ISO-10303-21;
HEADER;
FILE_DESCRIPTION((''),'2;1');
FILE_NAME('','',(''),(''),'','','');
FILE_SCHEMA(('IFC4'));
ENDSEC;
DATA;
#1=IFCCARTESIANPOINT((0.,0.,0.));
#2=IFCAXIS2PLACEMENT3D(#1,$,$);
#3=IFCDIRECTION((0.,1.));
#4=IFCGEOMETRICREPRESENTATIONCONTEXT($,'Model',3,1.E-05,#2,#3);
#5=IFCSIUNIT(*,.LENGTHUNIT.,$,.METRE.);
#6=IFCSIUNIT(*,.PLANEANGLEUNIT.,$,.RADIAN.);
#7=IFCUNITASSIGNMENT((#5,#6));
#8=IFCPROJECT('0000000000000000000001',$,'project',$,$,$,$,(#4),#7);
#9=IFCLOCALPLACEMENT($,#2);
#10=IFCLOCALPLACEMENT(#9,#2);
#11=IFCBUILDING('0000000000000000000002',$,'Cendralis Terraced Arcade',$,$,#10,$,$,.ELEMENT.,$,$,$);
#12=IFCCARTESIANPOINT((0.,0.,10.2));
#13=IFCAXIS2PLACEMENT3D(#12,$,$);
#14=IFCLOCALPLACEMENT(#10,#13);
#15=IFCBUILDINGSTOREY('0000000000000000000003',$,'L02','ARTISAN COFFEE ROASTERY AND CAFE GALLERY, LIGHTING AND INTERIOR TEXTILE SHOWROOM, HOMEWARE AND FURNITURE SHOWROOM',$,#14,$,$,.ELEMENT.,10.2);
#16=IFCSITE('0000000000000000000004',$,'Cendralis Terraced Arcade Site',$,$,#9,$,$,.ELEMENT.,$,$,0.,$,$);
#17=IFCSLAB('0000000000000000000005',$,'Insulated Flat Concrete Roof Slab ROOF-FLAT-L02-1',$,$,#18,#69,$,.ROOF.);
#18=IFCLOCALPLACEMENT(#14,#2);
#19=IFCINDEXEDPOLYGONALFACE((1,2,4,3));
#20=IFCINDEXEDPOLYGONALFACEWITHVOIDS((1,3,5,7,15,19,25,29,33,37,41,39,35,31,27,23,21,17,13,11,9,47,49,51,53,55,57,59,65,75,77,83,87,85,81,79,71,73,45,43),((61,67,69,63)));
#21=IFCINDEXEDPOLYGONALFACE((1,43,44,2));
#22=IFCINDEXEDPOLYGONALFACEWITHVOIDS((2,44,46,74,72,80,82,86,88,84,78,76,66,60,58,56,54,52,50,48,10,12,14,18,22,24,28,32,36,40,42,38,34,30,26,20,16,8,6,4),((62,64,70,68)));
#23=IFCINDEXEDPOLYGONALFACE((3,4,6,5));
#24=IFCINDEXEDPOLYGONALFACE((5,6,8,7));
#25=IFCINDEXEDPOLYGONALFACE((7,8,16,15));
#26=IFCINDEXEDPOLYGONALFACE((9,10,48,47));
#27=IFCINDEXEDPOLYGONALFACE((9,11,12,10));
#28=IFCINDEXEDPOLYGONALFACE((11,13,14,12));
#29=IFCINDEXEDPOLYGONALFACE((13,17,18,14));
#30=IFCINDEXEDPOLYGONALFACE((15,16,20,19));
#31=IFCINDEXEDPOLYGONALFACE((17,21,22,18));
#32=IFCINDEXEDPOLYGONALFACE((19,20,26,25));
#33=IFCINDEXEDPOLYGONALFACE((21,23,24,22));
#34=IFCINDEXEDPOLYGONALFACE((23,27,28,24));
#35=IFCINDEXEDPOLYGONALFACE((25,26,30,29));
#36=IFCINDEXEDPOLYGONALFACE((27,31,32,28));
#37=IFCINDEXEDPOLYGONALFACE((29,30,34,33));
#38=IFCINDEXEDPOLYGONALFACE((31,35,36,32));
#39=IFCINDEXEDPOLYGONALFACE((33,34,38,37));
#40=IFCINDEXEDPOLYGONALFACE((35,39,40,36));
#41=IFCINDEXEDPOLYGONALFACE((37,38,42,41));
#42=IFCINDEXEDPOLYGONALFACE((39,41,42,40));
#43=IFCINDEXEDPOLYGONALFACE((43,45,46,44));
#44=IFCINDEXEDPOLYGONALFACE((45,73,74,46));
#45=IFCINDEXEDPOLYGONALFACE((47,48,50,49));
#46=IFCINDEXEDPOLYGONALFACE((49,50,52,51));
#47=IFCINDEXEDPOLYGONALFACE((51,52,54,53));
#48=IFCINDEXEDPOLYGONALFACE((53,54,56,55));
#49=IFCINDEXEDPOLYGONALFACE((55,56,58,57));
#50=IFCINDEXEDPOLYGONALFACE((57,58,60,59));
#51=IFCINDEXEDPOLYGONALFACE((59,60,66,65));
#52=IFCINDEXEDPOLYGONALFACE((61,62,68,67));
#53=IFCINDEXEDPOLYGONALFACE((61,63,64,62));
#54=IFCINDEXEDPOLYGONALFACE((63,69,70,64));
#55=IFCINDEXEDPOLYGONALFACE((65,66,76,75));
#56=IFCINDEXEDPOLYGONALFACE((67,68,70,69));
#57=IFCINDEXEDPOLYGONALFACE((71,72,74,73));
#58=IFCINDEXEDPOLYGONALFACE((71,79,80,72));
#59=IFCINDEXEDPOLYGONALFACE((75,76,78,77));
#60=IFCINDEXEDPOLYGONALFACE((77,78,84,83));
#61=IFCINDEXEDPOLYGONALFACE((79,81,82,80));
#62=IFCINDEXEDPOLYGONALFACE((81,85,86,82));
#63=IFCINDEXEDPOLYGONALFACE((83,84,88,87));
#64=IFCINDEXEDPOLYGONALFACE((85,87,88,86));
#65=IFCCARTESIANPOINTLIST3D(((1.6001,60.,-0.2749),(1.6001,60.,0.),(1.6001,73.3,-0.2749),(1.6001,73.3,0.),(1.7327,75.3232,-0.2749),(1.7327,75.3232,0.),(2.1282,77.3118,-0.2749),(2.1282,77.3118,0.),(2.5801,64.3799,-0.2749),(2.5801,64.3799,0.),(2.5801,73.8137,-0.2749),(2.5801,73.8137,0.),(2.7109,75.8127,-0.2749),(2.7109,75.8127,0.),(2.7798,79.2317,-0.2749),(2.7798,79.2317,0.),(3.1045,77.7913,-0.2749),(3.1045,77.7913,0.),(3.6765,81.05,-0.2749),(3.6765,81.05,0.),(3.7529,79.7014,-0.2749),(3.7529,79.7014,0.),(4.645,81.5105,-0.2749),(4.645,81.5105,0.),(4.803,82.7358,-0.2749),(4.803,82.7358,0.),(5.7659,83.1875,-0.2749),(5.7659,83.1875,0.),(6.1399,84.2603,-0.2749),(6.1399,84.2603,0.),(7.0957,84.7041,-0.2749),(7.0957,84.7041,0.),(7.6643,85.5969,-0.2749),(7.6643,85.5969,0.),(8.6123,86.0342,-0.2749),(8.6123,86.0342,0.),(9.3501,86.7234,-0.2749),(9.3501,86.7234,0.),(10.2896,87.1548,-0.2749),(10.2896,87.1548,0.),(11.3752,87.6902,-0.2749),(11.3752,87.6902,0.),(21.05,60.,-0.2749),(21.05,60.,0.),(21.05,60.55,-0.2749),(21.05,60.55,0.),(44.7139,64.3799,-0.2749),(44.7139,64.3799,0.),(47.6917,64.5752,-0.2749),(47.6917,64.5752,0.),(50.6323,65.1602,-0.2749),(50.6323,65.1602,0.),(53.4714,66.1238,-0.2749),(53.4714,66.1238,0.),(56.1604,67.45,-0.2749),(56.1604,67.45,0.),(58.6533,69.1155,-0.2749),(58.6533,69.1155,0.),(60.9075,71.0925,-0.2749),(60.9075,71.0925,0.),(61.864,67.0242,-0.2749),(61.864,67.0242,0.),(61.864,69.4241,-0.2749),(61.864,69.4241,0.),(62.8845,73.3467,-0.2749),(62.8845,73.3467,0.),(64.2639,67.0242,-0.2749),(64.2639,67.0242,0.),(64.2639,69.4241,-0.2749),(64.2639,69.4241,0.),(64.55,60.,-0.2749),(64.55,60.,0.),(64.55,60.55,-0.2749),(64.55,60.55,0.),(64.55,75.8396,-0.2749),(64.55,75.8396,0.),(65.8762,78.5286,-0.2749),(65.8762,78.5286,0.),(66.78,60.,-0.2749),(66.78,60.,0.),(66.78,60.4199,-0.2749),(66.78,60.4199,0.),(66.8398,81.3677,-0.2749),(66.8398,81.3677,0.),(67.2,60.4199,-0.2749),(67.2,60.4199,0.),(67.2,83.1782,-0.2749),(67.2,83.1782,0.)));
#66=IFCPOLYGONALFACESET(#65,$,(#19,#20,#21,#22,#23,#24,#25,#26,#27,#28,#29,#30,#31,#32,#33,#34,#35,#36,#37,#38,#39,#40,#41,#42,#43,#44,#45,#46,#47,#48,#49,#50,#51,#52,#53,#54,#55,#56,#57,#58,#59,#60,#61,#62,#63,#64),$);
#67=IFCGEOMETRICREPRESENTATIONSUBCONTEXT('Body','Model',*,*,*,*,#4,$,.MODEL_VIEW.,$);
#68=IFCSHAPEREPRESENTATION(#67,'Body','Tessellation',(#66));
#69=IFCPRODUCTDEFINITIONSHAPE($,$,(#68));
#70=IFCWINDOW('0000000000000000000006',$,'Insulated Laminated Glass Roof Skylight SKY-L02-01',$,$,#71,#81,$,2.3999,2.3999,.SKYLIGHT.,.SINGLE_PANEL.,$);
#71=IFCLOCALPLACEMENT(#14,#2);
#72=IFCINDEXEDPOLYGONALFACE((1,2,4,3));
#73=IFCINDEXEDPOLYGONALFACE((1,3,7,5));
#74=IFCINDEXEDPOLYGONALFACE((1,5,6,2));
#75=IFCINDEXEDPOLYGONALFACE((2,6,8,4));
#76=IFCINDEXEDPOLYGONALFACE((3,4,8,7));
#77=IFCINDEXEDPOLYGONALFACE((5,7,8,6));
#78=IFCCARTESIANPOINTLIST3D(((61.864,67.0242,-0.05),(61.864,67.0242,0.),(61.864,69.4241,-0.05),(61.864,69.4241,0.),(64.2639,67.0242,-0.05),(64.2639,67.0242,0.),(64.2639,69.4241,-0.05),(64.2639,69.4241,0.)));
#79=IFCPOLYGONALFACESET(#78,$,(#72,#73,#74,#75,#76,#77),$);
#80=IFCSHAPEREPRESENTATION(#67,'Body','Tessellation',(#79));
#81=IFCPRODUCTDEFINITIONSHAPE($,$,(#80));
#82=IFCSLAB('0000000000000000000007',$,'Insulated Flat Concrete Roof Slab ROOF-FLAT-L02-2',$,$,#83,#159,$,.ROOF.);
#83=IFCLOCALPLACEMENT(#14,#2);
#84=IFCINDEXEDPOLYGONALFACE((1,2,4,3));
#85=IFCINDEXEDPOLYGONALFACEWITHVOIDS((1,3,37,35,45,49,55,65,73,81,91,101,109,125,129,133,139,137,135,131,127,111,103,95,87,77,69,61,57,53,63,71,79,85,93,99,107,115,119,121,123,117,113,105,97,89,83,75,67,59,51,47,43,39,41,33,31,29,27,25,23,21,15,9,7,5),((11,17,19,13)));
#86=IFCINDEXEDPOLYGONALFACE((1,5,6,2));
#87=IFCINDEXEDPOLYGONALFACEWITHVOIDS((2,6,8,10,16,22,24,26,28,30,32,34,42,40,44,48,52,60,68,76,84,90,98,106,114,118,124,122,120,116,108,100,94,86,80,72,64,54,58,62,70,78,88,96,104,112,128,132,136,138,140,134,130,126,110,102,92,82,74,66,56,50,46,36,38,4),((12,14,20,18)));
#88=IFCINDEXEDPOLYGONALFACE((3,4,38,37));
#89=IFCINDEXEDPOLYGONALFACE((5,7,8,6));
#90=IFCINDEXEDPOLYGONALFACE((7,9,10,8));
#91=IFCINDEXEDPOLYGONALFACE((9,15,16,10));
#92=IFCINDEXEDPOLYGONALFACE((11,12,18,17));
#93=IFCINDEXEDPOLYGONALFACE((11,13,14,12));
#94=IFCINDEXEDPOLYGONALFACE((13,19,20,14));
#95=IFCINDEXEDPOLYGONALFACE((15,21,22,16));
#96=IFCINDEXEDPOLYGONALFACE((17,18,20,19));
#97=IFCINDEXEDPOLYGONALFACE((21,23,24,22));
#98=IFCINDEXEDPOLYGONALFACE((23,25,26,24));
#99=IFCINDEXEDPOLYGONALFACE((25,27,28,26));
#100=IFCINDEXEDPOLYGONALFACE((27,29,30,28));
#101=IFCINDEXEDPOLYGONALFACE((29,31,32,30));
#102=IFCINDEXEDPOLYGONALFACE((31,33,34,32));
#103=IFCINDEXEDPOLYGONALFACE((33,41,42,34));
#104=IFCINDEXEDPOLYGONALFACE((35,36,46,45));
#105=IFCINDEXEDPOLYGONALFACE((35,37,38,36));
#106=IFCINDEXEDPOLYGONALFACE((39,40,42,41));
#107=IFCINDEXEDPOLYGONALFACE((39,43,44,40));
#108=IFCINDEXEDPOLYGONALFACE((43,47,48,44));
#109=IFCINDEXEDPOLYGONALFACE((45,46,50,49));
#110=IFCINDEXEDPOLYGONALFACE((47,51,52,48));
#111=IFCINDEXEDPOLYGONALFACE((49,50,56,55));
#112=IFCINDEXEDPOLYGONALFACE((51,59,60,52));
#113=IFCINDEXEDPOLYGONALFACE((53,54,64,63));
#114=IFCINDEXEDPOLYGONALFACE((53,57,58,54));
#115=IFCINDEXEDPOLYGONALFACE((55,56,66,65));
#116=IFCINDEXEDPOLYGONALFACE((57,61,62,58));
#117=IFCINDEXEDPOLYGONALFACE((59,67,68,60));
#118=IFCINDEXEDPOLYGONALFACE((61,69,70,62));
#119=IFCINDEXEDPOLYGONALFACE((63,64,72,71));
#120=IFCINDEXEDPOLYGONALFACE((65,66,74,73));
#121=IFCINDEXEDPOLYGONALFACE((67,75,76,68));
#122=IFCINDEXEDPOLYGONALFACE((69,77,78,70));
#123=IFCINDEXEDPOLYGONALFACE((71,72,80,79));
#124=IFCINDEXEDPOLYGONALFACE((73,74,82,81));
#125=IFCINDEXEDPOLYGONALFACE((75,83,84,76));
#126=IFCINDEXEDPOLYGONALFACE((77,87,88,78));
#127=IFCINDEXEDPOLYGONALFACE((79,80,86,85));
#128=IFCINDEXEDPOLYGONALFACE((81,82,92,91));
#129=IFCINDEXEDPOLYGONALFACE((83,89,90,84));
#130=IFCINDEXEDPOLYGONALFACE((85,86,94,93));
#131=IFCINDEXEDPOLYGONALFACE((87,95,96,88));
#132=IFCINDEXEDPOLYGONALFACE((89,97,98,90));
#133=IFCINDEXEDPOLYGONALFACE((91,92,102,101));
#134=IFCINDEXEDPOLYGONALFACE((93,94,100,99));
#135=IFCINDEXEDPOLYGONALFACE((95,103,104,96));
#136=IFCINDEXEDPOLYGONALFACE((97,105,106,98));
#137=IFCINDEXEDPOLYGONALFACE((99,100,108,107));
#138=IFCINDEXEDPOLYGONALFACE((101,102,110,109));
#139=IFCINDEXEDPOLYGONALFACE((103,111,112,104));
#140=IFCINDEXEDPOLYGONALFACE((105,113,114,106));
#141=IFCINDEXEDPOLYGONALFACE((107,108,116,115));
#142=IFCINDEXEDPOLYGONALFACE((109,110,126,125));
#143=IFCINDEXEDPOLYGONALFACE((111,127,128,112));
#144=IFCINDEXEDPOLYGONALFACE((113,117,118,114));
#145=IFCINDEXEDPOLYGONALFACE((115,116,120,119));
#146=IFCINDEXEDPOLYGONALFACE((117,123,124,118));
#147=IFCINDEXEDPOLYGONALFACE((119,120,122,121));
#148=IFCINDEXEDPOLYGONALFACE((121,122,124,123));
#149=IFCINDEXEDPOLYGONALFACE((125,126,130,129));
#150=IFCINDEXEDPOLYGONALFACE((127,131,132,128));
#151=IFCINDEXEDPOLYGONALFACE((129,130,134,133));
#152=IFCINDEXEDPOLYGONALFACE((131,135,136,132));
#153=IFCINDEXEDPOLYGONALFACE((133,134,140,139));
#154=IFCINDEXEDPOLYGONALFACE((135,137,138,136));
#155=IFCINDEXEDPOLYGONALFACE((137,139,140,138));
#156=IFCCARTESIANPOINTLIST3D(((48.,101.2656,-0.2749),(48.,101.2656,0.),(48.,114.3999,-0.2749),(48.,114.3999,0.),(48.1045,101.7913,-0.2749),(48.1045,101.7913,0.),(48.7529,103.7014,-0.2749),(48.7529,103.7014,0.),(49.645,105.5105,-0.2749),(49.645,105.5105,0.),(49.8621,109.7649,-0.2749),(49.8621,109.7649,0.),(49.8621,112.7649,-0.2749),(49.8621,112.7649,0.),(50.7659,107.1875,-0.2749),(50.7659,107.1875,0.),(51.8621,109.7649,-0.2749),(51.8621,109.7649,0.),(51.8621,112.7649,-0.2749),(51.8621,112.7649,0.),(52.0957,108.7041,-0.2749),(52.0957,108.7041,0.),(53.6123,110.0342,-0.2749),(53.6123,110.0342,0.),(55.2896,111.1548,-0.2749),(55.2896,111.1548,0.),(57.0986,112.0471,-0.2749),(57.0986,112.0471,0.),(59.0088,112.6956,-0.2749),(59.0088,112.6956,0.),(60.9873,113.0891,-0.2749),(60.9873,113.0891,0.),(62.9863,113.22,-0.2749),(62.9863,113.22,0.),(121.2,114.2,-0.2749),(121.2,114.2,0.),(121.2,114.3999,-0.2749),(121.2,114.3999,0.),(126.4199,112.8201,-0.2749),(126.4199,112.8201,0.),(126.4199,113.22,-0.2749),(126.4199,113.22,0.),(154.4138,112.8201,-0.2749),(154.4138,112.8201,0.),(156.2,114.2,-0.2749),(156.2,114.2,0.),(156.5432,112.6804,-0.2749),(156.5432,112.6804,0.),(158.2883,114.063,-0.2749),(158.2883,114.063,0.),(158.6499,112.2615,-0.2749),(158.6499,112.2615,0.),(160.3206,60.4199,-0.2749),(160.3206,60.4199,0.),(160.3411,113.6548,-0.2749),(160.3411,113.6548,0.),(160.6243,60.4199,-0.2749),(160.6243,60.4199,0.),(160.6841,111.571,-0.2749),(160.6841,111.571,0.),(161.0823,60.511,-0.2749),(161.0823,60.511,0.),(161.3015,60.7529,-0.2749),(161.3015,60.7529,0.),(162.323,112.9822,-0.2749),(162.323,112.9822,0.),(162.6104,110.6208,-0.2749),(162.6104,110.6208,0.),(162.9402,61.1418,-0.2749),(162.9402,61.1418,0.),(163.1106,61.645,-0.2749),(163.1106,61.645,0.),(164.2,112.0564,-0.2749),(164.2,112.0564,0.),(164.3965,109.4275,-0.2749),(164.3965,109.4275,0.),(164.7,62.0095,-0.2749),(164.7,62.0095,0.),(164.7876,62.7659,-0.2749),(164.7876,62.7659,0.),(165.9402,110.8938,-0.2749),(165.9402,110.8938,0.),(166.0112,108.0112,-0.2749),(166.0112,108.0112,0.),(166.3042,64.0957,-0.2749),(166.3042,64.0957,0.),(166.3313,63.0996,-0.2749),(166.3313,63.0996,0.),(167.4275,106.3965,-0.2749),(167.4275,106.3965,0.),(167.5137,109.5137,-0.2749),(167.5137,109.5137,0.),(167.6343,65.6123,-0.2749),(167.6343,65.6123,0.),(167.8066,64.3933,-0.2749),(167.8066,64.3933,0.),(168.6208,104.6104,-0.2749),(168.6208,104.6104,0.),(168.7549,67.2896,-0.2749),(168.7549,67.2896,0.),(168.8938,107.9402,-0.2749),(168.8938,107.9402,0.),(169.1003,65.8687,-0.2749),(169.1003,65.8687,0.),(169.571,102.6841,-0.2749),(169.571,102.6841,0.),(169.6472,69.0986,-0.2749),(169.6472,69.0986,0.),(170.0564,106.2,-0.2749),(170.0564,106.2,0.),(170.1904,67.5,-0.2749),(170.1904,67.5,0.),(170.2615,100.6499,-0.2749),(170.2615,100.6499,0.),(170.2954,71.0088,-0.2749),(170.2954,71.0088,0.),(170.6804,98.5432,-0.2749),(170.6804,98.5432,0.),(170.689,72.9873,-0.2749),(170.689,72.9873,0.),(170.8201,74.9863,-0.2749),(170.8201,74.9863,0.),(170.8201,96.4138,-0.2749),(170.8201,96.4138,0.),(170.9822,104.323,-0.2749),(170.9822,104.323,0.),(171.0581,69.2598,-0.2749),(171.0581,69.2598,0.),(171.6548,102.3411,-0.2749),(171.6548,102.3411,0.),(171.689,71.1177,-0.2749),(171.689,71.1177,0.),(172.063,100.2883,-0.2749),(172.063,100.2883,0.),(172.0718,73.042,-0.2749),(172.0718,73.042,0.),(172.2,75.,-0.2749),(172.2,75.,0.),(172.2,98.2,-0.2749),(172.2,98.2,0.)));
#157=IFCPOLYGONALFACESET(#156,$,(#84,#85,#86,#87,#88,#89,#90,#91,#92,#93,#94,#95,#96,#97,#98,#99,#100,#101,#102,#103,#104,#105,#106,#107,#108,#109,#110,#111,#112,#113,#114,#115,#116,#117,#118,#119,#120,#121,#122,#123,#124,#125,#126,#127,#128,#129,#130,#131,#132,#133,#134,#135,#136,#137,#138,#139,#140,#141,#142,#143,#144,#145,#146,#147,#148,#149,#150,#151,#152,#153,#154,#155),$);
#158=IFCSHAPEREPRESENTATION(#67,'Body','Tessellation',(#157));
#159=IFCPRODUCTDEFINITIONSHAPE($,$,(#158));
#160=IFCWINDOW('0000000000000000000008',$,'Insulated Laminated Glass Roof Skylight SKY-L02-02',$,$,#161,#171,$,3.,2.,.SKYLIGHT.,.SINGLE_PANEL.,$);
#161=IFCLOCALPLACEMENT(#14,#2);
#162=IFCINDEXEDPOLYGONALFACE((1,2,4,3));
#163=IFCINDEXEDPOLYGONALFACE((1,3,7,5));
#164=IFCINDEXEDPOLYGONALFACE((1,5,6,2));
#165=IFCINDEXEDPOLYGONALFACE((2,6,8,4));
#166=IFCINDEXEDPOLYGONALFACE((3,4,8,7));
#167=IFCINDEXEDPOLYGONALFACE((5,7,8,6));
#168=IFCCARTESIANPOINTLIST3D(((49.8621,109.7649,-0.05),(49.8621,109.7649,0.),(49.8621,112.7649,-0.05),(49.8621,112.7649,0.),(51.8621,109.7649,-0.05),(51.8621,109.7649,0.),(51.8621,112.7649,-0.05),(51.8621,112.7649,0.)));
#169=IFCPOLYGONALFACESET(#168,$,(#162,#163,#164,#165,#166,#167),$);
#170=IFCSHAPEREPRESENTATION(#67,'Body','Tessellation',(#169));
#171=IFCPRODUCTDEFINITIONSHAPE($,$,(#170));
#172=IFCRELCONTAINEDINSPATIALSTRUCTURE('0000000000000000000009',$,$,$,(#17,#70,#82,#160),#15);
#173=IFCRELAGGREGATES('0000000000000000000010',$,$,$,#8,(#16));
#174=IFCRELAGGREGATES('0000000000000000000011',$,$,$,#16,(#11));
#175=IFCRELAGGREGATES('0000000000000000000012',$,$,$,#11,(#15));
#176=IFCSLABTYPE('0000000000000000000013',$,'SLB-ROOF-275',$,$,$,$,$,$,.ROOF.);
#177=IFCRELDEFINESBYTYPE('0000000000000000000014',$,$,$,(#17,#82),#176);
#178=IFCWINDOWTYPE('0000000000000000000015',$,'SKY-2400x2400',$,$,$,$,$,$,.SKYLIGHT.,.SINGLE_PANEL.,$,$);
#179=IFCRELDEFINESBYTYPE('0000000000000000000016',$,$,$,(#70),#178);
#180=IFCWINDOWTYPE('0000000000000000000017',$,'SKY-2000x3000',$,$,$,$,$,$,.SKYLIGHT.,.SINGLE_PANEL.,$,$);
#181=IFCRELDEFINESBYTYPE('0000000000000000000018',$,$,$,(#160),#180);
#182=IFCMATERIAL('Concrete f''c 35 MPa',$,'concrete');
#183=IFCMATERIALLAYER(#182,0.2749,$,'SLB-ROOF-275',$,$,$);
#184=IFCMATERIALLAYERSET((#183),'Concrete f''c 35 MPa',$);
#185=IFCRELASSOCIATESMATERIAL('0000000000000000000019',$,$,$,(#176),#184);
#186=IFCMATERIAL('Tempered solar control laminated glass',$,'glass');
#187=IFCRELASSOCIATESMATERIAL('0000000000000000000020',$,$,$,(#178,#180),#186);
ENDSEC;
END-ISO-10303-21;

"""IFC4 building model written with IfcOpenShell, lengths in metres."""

from ifc_helpers import new_model, si_unit, direction, frame, origin, origin_2d, place, context, subcontext, project, spatial, polyline, rectangle, outline, extrude, material, layer, layer_set, type_object, element, fill, save


model = new_model("IFC4")

# Units and contexts
model_context = context("Model", 3, precision=1e-05, world=origin(), true_north=direction((0.0, 1.0)))
body_context = subcontext(model_context, "Body", "Model", "MODEL_VIEW")
ifc_project = project(units=[si_unit("LENGTHUNIT", "METRE"), si_unit("PLANEANGLEUNIT", "RADIAN")], contexts=[model_context])

# Site, building, storey
site_placement = place(None, origin())
site = spatial("IfcSite", under=ifc_project, at=site_placement, Name="Cendralis Terraced Arcade Site", CompositionType="ELEMENT", RefElevation=0.0)
building_placement = place(site_placement, origin())
building = spatial("IfcBuilding", under=site, at=building_placement, Name="Cendralis Terraced Arcade", CompositionType="ELEMENT")
storey_placement = place(building_placement, frame((0.0, 0.0, 10.2)))
storey = spatial("IfcBuildingStorey", under=building, at=storey_placement, Name="L02", Description="ARTISAN COFFEE ROASTERY AND CAFE GALLERY, LIGHTING AND INTERIOR TEXTILE SHOWROOM, HOMEWARE AND FURNITURE SHOWROOM", CompositionType="ELEMENT", Elevation=10.2)

# Slabs, openings, windows
ifc_material_1 = material(Name="Concrete f'c 35 MPa", Category="concrete")
ifc_layer_1 = layer(ifc_material_1, 0.2749, Name="SLB-ROOF-275")
ifc_layer_set_1 = layer_set([ifc_layer_1], Name="Concrete f'c 35 MPa")
slab_type_1 = type_object("IfcSlabType", Name="SLB-ROOF-275", PredefinedType="ROOF", material=ifc_layer_set_1)
slab_1_placement = place(storey_placement, frame((0.0, 0.0, -0.2749)))
slab_1 = element("IfcSlab", 1, at=slab_1_placement, inside=storey, type_object=slab_type_1, Name="Insulated Flat Concrete Roof Slab ROOF-FLAT-L02-1", PredefinedType="ROOF", context=body_context, shape_type="SweptSolid", body=[
    extrude(outline(polyline([(2.1282, 77.3118), (2.7798, 79.2317), (3.6765, 81.05), (4.803, 82.7358), (6.1399, 84.2603), (7.6643, 85.5969), (9.3501, 86.7234), (11.3752, 87.6902), (10.2896, 87.1548), (8.6123, 86.0342), (7.0957, 84.7041), (5.7659, 83.1875), (4.645, 81.5105), (3.7529, 79.7014), (3.1045, 77.7913), (2.7109, 75.8127), (2.5801, 73.8137), (2.5801, 64.3799), (44.7139, 64.3799), (47.6917, 64.5752), (50.6323, 65.1602), (53.4714, 66.1238), (56.1604, 67.45), (58.6533, 69.1155), (60.9075, 71.0925), (62.8845, 73.3467), (64.55, 75.8396), (65.8762, 78.5286), (66.8398, 81.3677), (67.2, 83.1782), (67.2, 60.4199), (66.78, 60.4199), (66.78, 60.0), (64.55, 60.0), (64.55, 60.55), (21.05, 60.55), (21.05, 60.0), (1.6001, 60.0), (1.6001, 73.3), (1.7327, 75.3232), (2.1282, 77.3118)])), origin(), (0.0, 0.0, 1.0), 0.2749),
])
opening_1_placement = place(slab_1_placement, frame((63.064, 68.2241, 0.0)))
opening_1 = element("IfcOpeningElement", 2, at=opening_1_placement, cuts=slab_1, PredefinedType="OPENING", context=body_context, shape_type="SweptSolid", body=[
    extrude(rectangle(XDim=2.3999, YDim=2.3999, at=origin_2d()), frame((0.0, 0.0, -0.012)), (0.0, 0.0, 1.0), 0.2988),
])
ifc_material_2 = material(Name="Tempered solar control laminated glass", Category="glass")
window_type_1 = type_object("IfcWindowType", Name="SKY-2400x2400", PartitioningType="SINGLE_PANEL", PredefinedType="SKYLIGHT", material=ifc_material_2)
window_1_placement = place(opening_1_placement, frame((0.0, 0.0, 0.2249)))
window_1 = element("IfcWindow", 3, at=window_1_placement, inside=storey, type_object=window_type_1, Name="Insulated Laminated Glass Roof Skylight SKY-L02-01", OverallHeight=2.3999, OverallWidth=2.3999, PartitioningType="SINGLE_PANEL", PredefinedType="SKYLIGHT", context=body_context, shape_type="SweptSolid", body=[
    extrude(rectangle(XDim=2.3999, YDim=2.3999, at=origin_2d()), origin(), (0.0, 0.0, 1.0), 0.05),
])
fill(opening_1, window_1)
slab_2_placement = place(storey_placement, frame((0.0, 0.0, -0.2749)))
slab_2 = element("IfcSlab", 4, at=slab_2_placement, inside=storey, type_object=slab_type_1, Name="Insulated Flat Concrete Roof Slab ROOF-FLAT-L02-2", PredefinedType="ROOF", context=body_context, shape_type="SweptSolid", body=[
    extrude(outline(polyline([(156.2, 114.2), (158.2883, 114.063), (160.3411, 113.6548), (162.323, 112.9822), (164.2, 112.0564), (165.9402, 110.8938), (167.5137, 109.5137), (168.8938, 107.9402), (170.0564, 106.2), (170.9822, 104.323), (171.6548, 102.3411), (172.063, 100.2883), (172.2, 98.2), (172.2, 75.0), (172.0718, 73.042), (171.689, 71.1177), (171.0581, 69.2598), (170.1904, 67.5), (169.1003, 65.8687), (167.8066, 64.3933), (166.3313, 63.0996), (164.7, 62.0095), (162.9402, 61.1418), (161.0823, 60.511), (160.6243, 60.4199), (160.3206, 60.4199), (161.3015, 60.7529), (163.1106, 61.645), (164.7876, 62.7659), (166.3042, 64.0957), (167.6343, 65.6123), (168.7549, 67.2896), (169.6472, 69.0986), (170.2954, 71.0088), (170.689, 72.9873), (170.8201, 74.9863), (170.8201, 96.4138), (170.6804, 98.5432), (170.2615, 100.6499), (169.571, 102.6841), (168.6208, 104.6104), (167.4275, 106.3965), (166.0112, 108.0112), (164.3965, 109.4275), (162.6104, 110.6208), (160.6841, 111.571), (158.6499, 112.2615), (156.5432, 112.6804), (154.4138, 112.8201), (126.4199, 112.8201), (126.4199, 113.22), (62.9863, 113.22), (60.9873, 113.0891), (59.0088, 112.6956), (57.0986, 112.0471), (55.2896, 111.1548), (53.6123, 110.0342), (52.0957, 108.7041), (50.7659, 107.1875), (49.645, 105.5105), (48.7529, 103.7014), (48.1045, 101.7913), (48.0, 101.2656), (48.0, 114.3999), (121.2, 114.3999), (121.2, 114.2), (156.2, 114.2)])), origin(), (0.0, 0.0, 1.0), 0.2749),
])
opening_2_placement = place(slab_2_placement, frame((50.8621, 111.2649, 0.0)))
opening_2 = element("IfcOpeningElement", 5, at=opening_2_placement, cuts=slab_2, PredefinedType="OPENING", context=body_context, shape_type="SweptSolid", body=[
    extrude(rectangle(XDim=2.0, YDim=3.0, at=origin_2d()), frame((0.0, 0.0, -0.012)), (0.0, 0.0, 1.0), 0.2988),
])
window_type_2 = type_object("IfcWindowType", Name="SKY-2000x3000", PartitioningType="SINGLE_PANEL", PredefinedType="SKYLIGHT", material=ifc_material_2)
window_2_placement = place(opening_2_placement, frame((0.0, 0.0, 0.2249)))
window_2 = element("IfcWindow", 6, at=window_2_placement, inside=storey, type_object=window_type_2, Name="Insulated Laminated Glass Roof Skylight SKY-L02-02", OverallHeight=3.0, OverallWidth=2.0, PartitioningType="SINGLE_PANEL", PredefinedType="SKYLIGHT", context=body_context, shape_type="SweptSolid", body=[
    extrude(rectangle(XDim=2.0, YDim=3.0, at=origin_2d()), origin(), (0.0, 0.0, 1.0), 0.05),
])
fill(opening_2, window_2)

save(model, "model.ifc")
